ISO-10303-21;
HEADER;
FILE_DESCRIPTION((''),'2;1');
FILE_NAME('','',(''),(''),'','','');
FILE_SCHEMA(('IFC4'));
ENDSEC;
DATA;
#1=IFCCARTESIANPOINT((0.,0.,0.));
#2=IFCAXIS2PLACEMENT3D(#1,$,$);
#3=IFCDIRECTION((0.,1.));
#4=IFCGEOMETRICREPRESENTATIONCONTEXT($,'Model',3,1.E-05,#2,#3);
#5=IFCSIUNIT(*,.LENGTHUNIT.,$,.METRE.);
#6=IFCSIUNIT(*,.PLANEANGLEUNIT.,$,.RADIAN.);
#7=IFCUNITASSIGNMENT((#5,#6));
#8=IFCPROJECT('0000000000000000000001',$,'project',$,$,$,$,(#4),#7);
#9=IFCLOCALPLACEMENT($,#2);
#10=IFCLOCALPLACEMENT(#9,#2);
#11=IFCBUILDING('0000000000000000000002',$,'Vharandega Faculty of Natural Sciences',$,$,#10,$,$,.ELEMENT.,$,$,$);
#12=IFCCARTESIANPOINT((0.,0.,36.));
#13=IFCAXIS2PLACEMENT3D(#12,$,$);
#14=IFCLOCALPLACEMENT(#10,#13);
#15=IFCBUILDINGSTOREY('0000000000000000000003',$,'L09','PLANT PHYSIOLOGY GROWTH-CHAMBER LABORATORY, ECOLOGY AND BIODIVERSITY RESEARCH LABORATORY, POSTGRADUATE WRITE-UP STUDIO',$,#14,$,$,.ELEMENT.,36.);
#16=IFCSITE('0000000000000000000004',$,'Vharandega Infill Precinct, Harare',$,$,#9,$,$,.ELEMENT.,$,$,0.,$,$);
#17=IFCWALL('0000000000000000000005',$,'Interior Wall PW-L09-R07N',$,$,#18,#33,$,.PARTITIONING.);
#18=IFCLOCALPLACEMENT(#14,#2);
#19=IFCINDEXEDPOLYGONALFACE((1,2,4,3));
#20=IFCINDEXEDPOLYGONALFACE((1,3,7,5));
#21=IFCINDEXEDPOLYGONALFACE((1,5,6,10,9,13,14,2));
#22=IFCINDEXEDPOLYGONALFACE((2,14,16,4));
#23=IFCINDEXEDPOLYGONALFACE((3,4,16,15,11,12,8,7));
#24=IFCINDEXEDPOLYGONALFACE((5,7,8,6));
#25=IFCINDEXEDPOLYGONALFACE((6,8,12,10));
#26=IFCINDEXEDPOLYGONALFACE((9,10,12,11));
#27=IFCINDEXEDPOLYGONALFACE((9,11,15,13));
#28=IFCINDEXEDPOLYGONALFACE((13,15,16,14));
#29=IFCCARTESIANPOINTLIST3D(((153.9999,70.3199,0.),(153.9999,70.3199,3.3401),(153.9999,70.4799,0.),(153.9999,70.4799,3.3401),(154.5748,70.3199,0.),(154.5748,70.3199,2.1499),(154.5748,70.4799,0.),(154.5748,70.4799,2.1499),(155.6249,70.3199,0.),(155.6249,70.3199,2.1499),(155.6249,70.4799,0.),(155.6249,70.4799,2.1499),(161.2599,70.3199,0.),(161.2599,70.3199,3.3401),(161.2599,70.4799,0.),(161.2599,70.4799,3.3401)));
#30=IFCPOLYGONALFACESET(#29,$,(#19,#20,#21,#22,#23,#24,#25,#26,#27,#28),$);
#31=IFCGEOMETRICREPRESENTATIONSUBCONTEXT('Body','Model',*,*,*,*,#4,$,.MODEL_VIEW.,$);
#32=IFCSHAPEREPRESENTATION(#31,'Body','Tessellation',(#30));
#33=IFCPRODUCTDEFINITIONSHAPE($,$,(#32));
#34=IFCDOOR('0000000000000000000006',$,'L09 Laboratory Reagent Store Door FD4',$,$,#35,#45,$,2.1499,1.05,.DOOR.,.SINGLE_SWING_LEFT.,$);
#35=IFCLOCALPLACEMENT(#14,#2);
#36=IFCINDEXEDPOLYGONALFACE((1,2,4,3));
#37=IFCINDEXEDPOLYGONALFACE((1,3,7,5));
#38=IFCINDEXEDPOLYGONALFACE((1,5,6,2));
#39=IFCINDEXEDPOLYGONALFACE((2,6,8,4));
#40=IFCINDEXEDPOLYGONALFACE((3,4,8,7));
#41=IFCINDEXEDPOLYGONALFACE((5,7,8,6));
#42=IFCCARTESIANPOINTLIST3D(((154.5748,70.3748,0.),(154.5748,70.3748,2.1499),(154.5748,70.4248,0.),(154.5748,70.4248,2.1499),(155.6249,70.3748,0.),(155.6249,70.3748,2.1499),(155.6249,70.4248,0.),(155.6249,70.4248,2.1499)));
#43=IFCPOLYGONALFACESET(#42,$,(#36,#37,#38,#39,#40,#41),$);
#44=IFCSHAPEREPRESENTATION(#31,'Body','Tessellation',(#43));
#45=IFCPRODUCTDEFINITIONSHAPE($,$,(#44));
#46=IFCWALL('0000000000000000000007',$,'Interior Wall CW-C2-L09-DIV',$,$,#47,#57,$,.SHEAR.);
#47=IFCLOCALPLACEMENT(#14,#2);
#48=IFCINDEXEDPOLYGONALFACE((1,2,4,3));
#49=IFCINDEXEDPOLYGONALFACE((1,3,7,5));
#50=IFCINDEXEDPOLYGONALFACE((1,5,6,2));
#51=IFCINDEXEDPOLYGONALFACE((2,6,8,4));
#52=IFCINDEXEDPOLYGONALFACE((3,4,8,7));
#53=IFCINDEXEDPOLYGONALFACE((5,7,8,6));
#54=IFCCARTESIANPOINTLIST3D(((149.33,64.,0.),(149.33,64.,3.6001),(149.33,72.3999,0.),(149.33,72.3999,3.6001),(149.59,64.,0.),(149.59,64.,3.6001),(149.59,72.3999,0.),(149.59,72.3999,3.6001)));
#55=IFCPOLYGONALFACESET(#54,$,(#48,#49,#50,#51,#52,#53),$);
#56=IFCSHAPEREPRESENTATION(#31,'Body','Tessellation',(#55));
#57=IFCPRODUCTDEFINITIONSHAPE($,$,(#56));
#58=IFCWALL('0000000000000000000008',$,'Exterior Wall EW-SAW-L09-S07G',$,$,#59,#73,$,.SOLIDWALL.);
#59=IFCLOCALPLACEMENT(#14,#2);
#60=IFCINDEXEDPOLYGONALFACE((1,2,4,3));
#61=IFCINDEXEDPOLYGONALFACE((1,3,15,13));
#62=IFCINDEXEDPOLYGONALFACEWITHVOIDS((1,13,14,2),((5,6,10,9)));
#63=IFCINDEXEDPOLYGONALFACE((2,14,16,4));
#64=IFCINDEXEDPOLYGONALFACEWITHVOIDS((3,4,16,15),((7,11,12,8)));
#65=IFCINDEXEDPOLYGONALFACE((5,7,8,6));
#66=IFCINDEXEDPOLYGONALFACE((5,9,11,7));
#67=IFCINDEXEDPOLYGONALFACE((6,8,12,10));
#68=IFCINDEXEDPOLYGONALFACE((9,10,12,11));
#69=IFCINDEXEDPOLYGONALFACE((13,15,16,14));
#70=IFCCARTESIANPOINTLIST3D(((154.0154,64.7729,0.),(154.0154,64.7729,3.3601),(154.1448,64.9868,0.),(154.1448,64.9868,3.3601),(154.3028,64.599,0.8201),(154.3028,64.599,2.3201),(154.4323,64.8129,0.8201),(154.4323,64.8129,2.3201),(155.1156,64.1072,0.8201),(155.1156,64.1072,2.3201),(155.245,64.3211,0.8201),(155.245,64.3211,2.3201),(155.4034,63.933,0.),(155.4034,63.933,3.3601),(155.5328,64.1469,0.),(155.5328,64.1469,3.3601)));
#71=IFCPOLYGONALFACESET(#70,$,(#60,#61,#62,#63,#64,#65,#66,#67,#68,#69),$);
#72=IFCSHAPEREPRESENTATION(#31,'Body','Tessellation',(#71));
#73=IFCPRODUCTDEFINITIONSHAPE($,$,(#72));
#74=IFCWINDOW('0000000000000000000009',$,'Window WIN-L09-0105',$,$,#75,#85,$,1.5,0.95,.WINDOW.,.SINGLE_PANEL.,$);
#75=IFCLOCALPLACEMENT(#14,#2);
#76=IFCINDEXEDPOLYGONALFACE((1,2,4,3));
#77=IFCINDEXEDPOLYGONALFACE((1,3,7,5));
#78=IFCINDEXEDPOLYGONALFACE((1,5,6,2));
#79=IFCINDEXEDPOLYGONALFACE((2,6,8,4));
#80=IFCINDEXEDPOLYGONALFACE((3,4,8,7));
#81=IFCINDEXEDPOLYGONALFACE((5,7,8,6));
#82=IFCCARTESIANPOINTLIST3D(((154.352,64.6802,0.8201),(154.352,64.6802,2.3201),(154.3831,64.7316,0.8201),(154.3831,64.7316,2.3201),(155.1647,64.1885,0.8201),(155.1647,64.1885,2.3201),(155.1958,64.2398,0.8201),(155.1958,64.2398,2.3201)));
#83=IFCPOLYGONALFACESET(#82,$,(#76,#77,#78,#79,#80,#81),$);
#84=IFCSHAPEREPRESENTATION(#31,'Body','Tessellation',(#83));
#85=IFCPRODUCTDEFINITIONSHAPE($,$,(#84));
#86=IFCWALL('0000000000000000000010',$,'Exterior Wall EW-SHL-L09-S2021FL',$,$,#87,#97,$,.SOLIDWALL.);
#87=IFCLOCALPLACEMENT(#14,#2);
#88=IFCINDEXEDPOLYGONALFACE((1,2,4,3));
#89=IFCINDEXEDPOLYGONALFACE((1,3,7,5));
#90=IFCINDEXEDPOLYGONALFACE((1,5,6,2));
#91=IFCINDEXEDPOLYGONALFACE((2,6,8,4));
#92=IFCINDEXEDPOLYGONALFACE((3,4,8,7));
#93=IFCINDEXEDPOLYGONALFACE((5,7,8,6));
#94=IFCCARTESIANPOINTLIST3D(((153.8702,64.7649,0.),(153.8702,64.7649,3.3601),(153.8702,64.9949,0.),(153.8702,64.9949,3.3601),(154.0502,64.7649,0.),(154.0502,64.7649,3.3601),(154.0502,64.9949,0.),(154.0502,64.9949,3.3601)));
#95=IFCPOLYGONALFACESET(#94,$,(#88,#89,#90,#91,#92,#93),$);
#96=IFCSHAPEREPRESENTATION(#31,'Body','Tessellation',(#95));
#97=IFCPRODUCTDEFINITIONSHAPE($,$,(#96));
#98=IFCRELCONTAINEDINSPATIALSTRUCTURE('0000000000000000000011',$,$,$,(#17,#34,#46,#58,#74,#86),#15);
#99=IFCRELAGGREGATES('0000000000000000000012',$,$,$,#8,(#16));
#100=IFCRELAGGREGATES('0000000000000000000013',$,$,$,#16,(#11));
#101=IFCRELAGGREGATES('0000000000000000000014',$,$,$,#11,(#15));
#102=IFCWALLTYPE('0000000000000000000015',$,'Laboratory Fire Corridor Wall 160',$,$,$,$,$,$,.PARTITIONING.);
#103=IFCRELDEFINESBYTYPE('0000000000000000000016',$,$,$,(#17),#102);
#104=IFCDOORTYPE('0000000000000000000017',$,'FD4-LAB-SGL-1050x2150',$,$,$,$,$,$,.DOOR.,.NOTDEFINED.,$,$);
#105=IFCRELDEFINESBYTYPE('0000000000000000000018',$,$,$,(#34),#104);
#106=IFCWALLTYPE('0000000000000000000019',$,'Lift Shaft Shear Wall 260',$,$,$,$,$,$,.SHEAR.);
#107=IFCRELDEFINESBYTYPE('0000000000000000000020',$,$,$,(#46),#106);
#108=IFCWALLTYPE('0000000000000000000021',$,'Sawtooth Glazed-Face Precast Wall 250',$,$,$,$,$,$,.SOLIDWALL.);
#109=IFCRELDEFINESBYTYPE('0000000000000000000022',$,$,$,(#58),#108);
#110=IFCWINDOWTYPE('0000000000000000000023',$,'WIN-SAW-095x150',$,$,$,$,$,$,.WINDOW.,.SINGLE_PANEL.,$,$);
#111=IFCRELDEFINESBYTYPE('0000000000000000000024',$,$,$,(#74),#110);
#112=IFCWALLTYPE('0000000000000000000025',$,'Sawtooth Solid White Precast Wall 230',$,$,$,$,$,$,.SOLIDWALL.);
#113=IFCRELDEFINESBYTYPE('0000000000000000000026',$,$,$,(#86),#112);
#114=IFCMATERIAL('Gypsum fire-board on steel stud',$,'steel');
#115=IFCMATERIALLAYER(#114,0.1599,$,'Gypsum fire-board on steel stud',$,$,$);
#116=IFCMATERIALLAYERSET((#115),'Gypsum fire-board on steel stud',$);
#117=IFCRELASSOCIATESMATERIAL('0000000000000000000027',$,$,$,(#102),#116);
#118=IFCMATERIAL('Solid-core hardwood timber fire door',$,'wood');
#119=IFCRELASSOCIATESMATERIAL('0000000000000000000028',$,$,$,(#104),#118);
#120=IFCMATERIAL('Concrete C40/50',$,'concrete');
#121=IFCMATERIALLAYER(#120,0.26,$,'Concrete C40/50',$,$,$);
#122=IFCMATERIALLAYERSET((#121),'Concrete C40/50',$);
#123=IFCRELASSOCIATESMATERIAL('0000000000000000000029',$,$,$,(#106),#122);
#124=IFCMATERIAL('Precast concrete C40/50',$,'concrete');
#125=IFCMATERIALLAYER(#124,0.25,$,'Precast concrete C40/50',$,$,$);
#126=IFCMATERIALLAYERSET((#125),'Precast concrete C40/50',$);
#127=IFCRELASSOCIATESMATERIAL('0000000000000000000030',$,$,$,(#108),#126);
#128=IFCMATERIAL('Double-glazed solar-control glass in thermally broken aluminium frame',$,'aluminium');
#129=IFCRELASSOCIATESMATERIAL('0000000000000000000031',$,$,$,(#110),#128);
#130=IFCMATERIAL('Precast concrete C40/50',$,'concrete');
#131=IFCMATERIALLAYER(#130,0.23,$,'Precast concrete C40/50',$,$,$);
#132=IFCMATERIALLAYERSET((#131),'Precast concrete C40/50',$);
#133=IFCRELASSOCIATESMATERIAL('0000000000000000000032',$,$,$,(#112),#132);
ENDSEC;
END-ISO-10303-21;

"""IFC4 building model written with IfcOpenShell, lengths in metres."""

from ifc_helpers import new_model, si_unit, direction, frame, frame_2d, origin, place, context, subcontext, project, spatial, rectangle, extrude, material, layer, layer_set, type_object, element, fill, save


model = new_model("IFC4")

# Units and contexts
model_context = context("Model", 3, precision=1e-05, world=origin(), true_north=direction((0.0, 1.0)))
body_context = subcontext(model_context, "Body", "Model", "MODEL_VIEW")
ifc_project = project(units=[si_unit("LENGTHUNIT", "METRE"), si_unit("PLANEANGLEUNIT", "RADIAN")], contexts=[model_context])

# Site, building, storey
site_placement = place(None, origin())
site = spatial("IfcSite", under=ifc_project, at=site_placement, Name="Vharandega Infill Precinct, Harare", CompositionType="ELEMENT", RefElevation=0.0)
building_placement = place(site_placement, origin())
building = spatial("IfcBuilding", under=site, at=building_placement, Name="Vharandega Faculty of Natural Sciences", CompositionType="ELEMENT")
storey_placement = place(building_placement, frame((0.0, 0.0, 36.0)))
storey = spatial("IfcBuildingStorey", under=building, at=storey_placement, Name="L09", Description="PLANT PHYSIOLOGY GROWTH-CHAMBER LABORATORY, ECOLOGY AND BIODIVERSITY RESEARCH LABORATORY, POSTGRADUATE WRITE-UP STUDIO", CompositionType="ELEMENT", Elevation=36.0)

# Wall, opening, door
ifc_material_1 = material(Name="Gypsum fire-board on steel stud", Category="steel")
ifc_layer_1 = layer(ifc_material_1, 0.1599, Name="Gypsum fire-board on steel stud")
ifc_layer_set_1 = layer_set([ifc_layer_1], Name="Gypsum fire-board on steel stud")
wall_type_1 = type_object("IfcWallType", Name="Laboratory Fire Corridor Wall 160", PredefinedType="PARTITIONING", material=ifc_layer_set_1)
wall_1_placement = place(storey_placement, frame((154.0, 70.3999, 0.0), z_axis=(0.0, 0.0, 1.0), x_axis=(1.0, 0.0, 0.0)))
wall_1 = element("IfcWall", 1, at=wall_1_placement, inside=storey, type_object=wall_type_1, Name="Interior Wall PW-L09-R07N", PredefinedType="PARTITIONING", context=body_context, shape_type="SweptSolid", body=[
    extrude(rectangle(XDim=7.26, YDim=0.1599, at=frame_2d((3.6299, 0.0))), origin(), (0.0, 0.0, 1.0), 3.3401),
])
opening_1_placement = place(wall_1_placement, frame((0.575, 0.0, 0.0)))
opening_1 = element("IfcOpeningElement", 2, at=opening_1_placement, cuts=wall_1, PredefinedType="OPENING", context=body_context, shape_type="SweptSolid", body=[
    extrude(rectangle(XDim=1.05, YDim=2.1499, at=frame_2d((0.5249, 1.075))), frame((0.0, 0.0898, 0.0), z_axis=(0.0, -1.0, 0.0), x_axis=(1.0, 0.0, 0.0)), (0.0, 0.0, 1.0), 0.1799),
])
ifc_material_2 = material(Name="Solid-core hardwood timber fire door", Category="wood")
door_type_1 = type_object("IfcDoorType", Name="FD4-LAB-SGL-1050x2150", OperationType="NOTDEFINED", PredefinedType="DOOR", material=ifc_material_2)
door_1_placement = place(opening_1_placement, origin())
door_1 = element("IfcDoor", 3, at=door_1_placement, inside=storey, type_object=door_type_1, Name="L09 Laboratory Reagent Store Door FD4", OperationType="SINGLE_SWING_LEFT", OverallHeight=2.1499, OverallWidth=1.05, PredefinedType="DOOR", context=body_context, shape_type="SweptSolid", body=[
    extrude(rectangle(XDim=1.05, YDim=2.1499, at=frame_2d((0.5249, 1.075))), frame((0.0, 0.0249, 0.0), z_axis=(0.0, -1.0, 0.0), x_axis=(1.0, 0.0, 0.0)), (0.0, 0.0, 1.0), 0.05),
])
fill(opening_1, door_1)

# Wall
ifc_material_3 = material(Name="Concrete C40/50", Category="concrete")
ifc_layer_2 = layer(ifc_material_3, 0.26, Name="Concrete C40/50")
ifc_layer_set_2 = layer_set([ifc_layer_2], Name="Concrete C40/50")
wall_type_2 = type_object("IfcWallType", Name="Lift Shaft Shear Wall 260", PredefinedType="SHEAR", material=ifc_layer_set_2)
wall_2_placement = place(storey_placement, frame((149.46, 64.0, 0.0), z_axis=(0.0, 0.0, 1.0), x_axis=(0.0, 1.0, 0.0)))
element("IfcWall", 4, at=wall_2_placement, inside=storey, type_object=wall_type_2, Name="Interior Wall CW-C2-L09-DIV", PredefinedType="SHEAR", context=body_context, shape_type="SweptSolid", body=[
    extrude(rectangle(XDim=8.3999, YDim=0.26, at=frame_2d((4.2, 0.0))), origin(), (0.0, 0.0, 1.0), 3.6001),
])

# Wall, opening, window
ifc_material_4 = material(Name="Precast concrete C40/50", Category="concrete")
ifc_layer_3 = layer(ifc_material_4, 0.25, Name="Precast concrete C40/50")
ifc_layer_set_3 = layer_set([ifc_layer_3], Name="Precast concrete C40/50")
wall_type_3 = type_object("IfcWallType", Name="Sawtooth Glazed-Face Precast Wall 250", PredefinedType="SOLIDWALL", material=ifc_layer_set_3)
wall_3_placement = place(storey_placement, frame((155.468, 64.04, 0.0), z_axis=(0.0, 0.0, 1.0), x_axis=(-0.855561, 0.517701, 0.0)))
wall_3 = element("IfcWall", 5, at=wall_3_placement, inside=storey, type_object=wall_type_3, Name="Exterior Wall EW-SAW-L09-S07G", PredefinedType="SOLIDWALL", context=body_context, shape_type="SweptSolid", body=[
    extrude(rectangle(XDim=1.6223, YDim=0.25, at=frame_2d((0.811, 0.0))), origin(), (0.0, 0.0, 1.0), 3.3601),
])
opening_2_placement = place(wall_3_placement, frame((0.3362, 0.0, 0.8201)))
opening_2 = element("IfcOpeningElement", 6, at=opening_2_placement, cuts=wall_3, PredefinedType="OPENING", context=body_context, shape_type="SweptSolid", body=[
    extrude(rectangle(XDim=0.95, YDim=1.5, at=frame_2d((0.4751, 0.75))), frame((0.0, 0.135, 0.0), z_axis=(0.0, -1.0, 0.0), x_axis=(1.0, 0.0, 0.0)), (0.0, 0.0, 1.0), 0.27),
])
ifc_material_5 = material(Name="Double-glazed solar-control glass in thermally broken aluminium frame", Category="aluminium")
window_type = type_object("IfcWindowType", Name="WIN-SAW-095x150", PartitioningType="SINGLE_PANEL", PredefinedType="WINDOW", material=ifc_material_5)
window_placement = place(opening_2_placement, origin())
window = element("IfcWindow", 7, at=window_placement, inside=storey, type_object=window_type, Name="Window WIN-L09-0105", OverallHeight=1.5, OverallWidth=0.95, PartitioningType="SINGLE_PANEL", PredefinedType="WINDOW", context=body_context, shape_type="SweptSolid", body=[
    extrude(rectangle(XDim=0.95, YDim=1.5, at=frame_2d((0.4751, 0.75))), frame((0.0, 0.03, 0.0), z_axis=(0.0, -1.0, 0.0), x_axis=(1.0, 0.0, 0.0)), (0.0, 0.0, 1.0), 0.0601),
])
fill(opening_2, window)

# Wall
ifc_material_6 = material(Name="Precast concrete C40/50", Category="concrete")
ifc_layer_4 = layer(ifc_material_6, 0.23, Name="Precast concrete C40/50")
ifc_layer_set_4 = layer_set([ifc_layer_4], Name="Precast concrete C40/50")
wall_type_4 = type_object("IfcWallType", Name="Sawtooth Solid White Precast Wall 230", PredefinedType="SOLIDWALL", material=ifc_layer_set_4)
wall_4_placement = place(storey_placement, frame((154.05, 64.8799, 0.0), z_axis=(0.0, 0.0, 1.0), x_axis=(-1.0, 0.0, 0.0)))
element("IfcWall", 8, at=wall_4_placement, inside=storey, type_object=wall_type_4, Name="Exterior Wall EW-SHL-L09-S2021FL", PredefinedType="SOLIDWALL", context=body_context, shape_type="SweptSolid", body=[
    extrude(rectangle(XDim=0.1799, YDim=0.23, at=frame_2d((0.0898, 0.0))), origin(), (0.0, 0.0, 1.0), 3.3601),
])

save(model, "model.ifc")
